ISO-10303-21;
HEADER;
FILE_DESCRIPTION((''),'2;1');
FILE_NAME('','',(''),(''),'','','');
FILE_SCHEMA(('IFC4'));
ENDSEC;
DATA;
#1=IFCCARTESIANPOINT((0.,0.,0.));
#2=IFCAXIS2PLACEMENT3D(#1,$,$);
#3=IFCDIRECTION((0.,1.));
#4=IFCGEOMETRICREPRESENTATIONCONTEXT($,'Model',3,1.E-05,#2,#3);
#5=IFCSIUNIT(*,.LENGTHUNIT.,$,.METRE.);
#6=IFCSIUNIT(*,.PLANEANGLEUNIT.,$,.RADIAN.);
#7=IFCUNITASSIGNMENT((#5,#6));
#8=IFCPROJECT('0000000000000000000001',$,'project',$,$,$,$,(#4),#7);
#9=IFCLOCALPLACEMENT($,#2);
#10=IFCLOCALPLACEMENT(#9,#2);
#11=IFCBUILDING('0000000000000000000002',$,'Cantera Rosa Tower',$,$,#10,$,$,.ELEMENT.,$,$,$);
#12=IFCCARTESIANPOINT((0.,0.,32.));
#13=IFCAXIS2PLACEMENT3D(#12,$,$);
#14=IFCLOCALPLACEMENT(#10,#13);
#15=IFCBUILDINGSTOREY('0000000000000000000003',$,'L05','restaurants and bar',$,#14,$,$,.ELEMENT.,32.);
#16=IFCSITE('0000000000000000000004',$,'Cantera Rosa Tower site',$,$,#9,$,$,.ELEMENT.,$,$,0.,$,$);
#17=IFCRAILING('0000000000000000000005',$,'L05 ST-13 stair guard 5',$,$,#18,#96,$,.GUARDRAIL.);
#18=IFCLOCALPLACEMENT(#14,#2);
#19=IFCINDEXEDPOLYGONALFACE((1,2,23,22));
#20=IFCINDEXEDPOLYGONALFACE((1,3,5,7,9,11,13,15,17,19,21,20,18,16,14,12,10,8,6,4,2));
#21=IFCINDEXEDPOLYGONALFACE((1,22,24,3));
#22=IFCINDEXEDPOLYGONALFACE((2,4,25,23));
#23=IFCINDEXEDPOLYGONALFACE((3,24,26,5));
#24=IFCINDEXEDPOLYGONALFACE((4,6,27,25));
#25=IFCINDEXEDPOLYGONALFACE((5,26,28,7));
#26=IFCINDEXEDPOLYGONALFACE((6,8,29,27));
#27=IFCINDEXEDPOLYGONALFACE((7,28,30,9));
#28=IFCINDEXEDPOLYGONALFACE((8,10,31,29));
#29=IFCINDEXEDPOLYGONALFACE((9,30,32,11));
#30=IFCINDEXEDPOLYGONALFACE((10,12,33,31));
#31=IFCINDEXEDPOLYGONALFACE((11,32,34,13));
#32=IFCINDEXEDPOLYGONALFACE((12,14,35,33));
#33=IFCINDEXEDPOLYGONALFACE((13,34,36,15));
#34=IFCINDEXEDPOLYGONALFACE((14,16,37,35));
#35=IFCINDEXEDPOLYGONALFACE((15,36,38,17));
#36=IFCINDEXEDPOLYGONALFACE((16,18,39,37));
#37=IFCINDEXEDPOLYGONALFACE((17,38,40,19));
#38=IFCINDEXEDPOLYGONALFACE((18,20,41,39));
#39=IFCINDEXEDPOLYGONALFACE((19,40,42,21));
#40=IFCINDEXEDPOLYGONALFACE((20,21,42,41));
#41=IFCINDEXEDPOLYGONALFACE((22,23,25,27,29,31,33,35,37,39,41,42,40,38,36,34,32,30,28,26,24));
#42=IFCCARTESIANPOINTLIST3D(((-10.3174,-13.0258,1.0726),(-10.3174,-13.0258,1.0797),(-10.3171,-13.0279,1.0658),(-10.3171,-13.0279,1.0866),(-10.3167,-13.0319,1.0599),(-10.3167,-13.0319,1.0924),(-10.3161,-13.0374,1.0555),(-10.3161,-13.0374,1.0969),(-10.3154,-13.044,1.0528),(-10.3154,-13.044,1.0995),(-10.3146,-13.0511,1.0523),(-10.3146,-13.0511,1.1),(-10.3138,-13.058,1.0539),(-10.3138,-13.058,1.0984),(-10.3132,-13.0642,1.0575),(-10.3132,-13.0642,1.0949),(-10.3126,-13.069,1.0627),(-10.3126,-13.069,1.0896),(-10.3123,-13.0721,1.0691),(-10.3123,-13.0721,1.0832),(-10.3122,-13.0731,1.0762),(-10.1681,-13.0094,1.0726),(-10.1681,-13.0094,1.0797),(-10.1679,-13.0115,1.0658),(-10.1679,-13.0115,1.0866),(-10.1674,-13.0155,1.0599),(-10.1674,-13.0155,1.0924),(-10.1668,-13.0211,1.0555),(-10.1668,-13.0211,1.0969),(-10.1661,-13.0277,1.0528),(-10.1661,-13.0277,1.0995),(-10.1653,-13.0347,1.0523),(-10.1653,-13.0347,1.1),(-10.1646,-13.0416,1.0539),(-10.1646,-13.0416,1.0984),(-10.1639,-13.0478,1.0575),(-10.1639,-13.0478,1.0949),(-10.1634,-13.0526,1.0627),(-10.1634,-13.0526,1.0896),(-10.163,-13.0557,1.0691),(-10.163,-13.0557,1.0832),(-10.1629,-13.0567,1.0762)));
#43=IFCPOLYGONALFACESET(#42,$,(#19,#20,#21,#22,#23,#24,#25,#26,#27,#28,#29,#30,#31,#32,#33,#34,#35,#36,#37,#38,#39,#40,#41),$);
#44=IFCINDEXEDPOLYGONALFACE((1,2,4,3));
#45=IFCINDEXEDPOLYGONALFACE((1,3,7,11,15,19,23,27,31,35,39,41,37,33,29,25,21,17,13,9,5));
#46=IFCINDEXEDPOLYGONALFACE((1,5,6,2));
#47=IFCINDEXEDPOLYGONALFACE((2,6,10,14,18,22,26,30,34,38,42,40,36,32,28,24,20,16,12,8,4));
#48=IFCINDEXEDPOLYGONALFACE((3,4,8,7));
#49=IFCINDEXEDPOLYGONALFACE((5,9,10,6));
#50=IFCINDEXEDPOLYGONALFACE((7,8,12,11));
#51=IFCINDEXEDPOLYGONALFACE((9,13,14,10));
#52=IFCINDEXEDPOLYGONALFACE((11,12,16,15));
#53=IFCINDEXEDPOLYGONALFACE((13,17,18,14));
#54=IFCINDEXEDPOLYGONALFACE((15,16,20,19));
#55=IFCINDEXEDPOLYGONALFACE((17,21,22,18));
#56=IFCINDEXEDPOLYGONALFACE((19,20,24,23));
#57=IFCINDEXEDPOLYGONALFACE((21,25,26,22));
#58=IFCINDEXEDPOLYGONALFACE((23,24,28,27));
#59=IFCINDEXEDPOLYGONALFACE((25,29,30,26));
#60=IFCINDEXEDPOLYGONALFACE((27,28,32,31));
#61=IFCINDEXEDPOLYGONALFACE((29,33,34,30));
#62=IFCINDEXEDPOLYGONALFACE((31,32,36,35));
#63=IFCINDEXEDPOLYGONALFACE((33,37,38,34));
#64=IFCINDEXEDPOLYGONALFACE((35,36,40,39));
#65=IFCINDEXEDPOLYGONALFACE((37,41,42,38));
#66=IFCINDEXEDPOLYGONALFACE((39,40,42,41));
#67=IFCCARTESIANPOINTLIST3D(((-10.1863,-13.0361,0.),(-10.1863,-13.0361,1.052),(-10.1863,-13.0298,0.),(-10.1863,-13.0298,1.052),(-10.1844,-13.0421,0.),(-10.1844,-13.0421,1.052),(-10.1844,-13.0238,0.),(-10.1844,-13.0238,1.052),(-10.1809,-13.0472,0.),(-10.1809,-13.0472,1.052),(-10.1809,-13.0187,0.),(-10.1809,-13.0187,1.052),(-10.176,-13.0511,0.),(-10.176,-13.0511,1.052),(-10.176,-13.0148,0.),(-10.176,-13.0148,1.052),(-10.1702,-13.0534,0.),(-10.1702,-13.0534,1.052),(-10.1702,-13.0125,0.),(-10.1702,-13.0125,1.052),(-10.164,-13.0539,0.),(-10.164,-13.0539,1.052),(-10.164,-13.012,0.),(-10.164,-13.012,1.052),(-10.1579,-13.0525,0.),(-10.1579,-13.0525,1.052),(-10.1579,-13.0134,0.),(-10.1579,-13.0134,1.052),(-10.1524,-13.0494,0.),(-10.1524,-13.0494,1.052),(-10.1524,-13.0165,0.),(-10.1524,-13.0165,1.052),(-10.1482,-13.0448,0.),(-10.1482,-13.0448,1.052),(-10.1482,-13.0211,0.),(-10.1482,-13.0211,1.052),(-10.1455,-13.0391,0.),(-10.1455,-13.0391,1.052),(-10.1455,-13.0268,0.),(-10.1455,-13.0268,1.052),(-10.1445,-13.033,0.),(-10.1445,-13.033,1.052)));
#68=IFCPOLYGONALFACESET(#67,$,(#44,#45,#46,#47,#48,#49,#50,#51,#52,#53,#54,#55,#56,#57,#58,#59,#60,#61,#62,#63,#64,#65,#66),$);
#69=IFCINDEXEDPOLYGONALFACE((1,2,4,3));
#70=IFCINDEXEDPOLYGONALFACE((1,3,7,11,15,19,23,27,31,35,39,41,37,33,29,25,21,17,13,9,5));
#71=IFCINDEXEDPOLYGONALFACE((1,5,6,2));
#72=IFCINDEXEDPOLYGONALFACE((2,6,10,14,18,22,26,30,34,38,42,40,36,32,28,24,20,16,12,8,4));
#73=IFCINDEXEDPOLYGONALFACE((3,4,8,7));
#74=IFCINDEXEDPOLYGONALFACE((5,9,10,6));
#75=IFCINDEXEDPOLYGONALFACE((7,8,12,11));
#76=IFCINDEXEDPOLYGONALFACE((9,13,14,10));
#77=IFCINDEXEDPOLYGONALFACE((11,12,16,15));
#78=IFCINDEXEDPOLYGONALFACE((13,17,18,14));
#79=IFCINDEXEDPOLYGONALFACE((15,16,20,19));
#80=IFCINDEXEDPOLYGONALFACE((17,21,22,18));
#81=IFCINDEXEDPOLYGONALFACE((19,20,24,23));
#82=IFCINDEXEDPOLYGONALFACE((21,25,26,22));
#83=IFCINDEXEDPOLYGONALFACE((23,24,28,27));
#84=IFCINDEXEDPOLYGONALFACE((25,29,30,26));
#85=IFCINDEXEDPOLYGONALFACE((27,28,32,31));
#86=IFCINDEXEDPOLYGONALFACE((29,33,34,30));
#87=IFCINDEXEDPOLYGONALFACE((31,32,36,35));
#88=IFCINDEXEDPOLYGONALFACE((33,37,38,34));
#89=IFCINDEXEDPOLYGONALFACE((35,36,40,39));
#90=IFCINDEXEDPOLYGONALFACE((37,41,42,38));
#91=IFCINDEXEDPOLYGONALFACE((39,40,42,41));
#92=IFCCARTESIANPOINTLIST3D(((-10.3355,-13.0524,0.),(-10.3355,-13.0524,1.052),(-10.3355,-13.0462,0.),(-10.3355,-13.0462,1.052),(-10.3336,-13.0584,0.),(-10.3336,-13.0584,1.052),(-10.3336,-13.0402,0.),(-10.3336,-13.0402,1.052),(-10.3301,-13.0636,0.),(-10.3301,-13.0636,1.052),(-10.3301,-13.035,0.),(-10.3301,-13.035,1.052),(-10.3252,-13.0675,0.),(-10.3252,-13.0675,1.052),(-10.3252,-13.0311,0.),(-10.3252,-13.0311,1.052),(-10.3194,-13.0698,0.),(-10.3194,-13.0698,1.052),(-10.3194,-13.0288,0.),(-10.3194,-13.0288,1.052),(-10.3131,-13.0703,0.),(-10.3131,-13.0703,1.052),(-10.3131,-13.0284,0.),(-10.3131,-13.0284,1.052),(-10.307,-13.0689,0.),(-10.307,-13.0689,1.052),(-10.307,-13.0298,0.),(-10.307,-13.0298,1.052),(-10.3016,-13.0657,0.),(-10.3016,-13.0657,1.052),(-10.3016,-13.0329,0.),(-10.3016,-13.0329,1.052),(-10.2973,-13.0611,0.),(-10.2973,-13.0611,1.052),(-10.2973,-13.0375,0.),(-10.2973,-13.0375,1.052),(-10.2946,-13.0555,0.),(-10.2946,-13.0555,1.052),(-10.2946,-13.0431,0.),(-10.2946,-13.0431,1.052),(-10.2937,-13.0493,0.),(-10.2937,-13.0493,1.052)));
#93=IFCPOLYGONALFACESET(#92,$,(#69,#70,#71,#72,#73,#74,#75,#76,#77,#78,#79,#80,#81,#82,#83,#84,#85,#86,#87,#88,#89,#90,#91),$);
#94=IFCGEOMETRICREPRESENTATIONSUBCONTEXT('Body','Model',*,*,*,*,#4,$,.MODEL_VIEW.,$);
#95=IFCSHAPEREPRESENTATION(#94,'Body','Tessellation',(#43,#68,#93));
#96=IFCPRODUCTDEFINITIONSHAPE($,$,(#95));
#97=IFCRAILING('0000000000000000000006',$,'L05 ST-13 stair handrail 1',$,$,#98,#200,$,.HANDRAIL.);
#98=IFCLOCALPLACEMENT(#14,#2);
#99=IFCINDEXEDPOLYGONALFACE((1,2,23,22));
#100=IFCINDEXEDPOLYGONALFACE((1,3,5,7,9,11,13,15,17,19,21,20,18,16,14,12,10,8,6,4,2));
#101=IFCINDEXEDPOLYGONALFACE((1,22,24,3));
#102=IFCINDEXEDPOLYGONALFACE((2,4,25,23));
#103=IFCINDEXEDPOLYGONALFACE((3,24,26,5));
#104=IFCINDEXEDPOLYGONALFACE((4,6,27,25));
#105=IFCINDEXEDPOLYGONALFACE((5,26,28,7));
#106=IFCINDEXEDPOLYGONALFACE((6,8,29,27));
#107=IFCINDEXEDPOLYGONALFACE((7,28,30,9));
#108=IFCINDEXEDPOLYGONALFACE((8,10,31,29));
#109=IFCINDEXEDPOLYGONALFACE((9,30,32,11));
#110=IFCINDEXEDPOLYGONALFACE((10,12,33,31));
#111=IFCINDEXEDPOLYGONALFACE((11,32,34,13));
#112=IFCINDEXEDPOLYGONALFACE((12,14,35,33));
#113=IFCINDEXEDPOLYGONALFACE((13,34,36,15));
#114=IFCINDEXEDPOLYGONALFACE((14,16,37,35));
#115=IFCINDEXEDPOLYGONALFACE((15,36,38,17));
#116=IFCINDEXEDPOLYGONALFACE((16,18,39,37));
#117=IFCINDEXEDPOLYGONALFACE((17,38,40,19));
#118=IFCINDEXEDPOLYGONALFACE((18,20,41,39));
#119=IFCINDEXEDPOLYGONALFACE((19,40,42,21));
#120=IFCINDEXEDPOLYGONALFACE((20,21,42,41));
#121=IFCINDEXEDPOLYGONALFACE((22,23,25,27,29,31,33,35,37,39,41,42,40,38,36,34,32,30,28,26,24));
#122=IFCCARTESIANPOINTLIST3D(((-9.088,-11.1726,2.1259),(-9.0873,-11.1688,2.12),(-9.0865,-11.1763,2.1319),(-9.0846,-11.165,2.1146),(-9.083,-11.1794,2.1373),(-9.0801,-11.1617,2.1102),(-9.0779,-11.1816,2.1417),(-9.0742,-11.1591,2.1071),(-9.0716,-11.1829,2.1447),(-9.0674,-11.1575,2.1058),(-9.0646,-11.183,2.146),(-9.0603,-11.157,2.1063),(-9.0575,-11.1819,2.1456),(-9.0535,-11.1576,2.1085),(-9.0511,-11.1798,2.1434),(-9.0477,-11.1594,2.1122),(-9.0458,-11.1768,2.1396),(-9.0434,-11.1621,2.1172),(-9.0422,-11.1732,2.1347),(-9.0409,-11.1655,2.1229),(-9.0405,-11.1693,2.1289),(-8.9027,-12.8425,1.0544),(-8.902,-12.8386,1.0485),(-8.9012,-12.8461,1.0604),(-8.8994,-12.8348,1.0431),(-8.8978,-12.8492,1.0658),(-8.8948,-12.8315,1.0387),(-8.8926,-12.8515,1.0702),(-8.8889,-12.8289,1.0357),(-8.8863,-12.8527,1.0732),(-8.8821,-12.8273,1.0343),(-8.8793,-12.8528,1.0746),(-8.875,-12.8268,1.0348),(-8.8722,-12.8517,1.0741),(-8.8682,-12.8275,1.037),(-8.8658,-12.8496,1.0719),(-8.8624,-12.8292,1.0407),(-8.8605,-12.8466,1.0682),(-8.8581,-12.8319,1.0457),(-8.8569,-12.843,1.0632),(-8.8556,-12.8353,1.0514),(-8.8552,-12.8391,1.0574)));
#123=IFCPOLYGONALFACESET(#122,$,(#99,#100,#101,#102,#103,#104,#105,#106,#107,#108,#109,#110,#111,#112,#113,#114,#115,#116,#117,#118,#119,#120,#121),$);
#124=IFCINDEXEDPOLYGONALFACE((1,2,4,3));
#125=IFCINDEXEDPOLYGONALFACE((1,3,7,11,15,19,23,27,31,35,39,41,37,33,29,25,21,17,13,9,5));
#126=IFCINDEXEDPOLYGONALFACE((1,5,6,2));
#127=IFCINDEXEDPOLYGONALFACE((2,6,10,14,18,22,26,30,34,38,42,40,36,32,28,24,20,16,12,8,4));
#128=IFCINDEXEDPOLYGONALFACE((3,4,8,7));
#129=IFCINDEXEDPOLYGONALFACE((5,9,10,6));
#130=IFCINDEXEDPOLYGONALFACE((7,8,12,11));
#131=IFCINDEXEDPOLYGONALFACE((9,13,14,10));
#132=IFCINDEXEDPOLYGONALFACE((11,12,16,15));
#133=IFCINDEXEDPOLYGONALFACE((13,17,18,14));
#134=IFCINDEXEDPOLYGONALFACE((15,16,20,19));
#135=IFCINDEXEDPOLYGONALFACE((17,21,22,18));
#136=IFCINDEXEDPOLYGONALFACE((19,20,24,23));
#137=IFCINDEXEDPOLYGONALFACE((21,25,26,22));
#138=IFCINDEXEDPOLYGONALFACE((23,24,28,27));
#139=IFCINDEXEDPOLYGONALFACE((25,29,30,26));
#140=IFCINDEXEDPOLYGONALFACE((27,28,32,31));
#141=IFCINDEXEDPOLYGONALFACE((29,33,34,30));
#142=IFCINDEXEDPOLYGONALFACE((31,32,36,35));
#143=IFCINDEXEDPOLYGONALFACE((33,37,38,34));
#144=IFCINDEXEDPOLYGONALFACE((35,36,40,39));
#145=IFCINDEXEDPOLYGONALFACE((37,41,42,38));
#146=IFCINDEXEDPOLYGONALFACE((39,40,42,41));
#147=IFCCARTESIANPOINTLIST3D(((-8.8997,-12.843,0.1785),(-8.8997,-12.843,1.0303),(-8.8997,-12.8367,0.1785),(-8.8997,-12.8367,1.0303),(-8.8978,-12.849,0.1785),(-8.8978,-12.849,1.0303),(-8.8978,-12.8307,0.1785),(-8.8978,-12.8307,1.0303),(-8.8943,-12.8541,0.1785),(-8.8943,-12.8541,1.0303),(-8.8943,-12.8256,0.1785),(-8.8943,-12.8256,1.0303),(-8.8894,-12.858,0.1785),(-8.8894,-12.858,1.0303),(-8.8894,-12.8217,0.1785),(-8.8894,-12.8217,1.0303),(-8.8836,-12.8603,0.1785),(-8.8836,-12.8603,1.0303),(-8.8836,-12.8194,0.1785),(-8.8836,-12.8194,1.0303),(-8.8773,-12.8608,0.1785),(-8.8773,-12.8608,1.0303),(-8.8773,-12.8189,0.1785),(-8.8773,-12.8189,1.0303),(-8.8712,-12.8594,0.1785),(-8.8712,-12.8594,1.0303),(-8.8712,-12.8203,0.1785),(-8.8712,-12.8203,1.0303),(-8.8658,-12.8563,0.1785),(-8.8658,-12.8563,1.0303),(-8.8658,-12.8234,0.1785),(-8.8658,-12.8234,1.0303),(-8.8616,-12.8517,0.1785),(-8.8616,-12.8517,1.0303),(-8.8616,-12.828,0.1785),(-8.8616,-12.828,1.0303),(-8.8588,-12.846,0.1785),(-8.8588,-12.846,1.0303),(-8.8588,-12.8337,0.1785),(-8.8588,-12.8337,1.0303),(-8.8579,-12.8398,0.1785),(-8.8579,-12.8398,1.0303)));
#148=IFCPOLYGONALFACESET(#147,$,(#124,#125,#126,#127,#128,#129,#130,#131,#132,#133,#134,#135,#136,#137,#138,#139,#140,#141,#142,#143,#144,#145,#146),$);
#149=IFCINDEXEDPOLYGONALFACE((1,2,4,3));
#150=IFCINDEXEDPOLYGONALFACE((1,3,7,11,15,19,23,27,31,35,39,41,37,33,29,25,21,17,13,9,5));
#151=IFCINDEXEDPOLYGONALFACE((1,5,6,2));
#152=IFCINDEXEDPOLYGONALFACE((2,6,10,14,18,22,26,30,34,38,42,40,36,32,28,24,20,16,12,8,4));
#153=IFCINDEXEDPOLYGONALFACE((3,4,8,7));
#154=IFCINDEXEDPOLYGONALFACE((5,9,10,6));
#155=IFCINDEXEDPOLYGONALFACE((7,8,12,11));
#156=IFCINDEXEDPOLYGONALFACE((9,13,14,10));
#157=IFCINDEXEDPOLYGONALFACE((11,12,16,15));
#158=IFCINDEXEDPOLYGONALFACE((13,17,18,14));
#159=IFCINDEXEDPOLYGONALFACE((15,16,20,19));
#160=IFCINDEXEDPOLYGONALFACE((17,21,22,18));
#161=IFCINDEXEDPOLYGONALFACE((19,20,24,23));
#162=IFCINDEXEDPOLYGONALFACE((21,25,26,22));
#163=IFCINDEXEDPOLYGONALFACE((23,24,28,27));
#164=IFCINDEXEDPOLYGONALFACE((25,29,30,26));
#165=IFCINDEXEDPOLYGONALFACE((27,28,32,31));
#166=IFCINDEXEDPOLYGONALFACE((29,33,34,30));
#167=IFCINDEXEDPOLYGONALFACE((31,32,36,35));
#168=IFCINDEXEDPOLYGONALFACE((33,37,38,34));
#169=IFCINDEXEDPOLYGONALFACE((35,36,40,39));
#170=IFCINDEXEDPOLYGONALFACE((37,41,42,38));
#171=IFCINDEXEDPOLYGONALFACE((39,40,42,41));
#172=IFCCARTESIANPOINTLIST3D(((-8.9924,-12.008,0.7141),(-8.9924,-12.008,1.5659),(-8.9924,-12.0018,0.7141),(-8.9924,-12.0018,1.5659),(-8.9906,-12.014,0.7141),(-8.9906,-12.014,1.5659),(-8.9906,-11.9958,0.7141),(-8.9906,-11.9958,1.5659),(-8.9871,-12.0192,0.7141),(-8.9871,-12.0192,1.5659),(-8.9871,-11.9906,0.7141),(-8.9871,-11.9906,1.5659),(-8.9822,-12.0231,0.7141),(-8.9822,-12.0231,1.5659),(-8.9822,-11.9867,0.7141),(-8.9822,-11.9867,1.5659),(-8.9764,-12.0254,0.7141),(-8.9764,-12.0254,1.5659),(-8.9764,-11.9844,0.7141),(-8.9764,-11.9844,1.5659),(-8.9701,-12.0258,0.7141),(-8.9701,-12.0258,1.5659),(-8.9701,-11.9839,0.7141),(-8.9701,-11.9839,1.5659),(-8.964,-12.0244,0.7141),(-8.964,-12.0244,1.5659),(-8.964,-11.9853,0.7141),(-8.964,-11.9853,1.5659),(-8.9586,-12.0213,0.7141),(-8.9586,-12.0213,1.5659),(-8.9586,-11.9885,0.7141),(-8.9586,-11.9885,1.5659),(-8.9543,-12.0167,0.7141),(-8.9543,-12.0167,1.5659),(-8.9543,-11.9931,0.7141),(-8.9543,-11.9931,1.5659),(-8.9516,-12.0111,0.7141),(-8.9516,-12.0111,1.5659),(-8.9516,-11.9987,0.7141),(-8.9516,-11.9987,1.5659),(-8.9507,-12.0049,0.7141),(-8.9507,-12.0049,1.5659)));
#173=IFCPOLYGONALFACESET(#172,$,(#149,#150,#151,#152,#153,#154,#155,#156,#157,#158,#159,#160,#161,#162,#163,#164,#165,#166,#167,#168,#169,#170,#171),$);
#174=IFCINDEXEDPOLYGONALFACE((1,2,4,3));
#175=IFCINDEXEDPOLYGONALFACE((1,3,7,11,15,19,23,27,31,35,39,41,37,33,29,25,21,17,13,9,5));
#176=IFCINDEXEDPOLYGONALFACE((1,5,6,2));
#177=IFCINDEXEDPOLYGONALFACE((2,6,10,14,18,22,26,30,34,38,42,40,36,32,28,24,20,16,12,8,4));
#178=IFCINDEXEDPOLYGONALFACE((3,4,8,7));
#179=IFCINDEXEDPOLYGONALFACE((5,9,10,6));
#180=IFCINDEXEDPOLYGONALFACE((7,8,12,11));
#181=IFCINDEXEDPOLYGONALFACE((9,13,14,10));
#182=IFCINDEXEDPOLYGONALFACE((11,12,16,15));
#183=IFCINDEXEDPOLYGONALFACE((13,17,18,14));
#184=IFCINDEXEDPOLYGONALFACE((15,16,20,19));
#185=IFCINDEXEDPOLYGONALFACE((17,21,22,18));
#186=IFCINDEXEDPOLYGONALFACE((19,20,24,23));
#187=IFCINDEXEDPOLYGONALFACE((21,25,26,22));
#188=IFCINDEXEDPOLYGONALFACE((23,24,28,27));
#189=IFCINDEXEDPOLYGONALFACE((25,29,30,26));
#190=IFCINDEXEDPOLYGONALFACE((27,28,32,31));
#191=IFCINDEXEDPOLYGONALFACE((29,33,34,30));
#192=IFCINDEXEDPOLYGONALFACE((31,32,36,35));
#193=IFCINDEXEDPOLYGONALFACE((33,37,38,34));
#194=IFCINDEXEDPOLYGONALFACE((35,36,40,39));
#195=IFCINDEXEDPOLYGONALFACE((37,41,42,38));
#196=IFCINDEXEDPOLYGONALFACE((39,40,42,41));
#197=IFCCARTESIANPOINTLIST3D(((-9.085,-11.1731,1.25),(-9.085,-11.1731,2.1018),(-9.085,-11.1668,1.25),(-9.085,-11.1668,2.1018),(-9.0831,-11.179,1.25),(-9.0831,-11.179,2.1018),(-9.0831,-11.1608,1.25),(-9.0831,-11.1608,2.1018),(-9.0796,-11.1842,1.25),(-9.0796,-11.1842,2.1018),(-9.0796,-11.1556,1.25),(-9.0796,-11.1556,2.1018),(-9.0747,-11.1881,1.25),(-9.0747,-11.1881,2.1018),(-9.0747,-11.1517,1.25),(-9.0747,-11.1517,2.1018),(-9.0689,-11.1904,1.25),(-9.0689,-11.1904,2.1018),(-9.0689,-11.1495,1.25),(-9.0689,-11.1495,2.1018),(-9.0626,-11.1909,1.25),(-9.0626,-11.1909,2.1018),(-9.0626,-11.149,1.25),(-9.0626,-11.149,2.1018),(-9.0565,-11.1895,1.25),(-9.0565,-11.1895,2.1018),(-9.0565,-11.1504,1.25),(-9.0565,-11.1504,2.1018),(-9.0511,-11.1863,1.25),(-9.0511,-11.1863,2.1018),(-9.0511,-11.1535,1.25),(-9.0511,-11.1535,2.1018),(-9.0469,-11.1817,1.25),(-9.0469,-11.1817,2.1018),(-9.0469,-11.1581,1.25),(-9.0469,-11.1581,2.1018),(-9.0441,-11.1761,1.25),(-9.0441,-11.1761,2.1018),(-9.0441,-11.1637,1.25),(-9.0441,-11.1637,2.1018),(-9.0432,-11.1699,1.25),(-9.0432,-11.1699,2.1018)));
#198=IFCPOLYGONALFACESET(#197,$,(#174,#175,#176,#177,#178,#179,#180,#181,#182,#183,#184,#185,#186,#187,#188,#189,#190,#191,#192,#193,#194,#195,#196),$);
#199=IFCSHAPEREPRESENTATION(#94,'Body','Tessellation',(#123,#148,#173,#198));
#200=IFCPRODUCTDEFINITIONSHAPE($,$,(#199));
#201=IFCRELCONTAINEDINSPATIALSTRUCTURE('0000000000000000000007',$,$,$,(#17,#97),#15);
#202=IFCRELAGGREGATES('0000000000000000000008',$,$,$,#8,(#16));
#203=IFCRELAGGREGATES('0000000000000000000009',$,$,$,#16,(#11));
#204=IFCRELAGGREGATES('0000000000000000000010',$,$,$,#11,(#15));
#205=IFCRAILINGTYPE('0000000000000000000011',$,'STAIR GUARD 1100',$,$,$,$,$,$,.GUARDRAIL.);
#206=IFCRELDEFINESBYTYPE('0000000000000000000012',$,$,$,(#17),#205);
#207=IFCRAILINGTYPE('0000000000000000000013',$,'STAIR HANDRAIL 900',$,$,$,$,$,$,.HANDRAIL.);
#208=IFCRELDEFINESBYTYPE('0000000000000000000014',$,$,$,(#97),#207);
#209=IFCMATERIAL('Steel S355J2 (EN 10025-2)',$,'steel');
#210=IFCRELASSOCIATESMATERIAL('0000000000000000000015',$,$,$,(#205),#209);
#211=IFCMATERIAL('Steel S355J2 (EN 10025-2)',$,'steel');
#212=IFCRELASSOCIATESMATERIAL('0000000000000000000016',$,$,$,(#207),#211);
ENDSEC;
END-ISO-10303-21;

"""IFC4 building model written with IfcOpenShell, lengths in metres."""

from ifc_helpers import new_model, si_unit, direction, frame, origin, origin_2d, place, context, subcontext, project, spatial, circle, extrude, material, type_object, element, save


model = new_model("IFC4")

# Units and contexts
model_context = context("Model", 3, precision=1e-05, world=origin(), true_north=direction((0.0, 1.0)))
body_context = subcontext(model_context, "Body", "Model", "MODEL_VIEW")
ifc_project = project(units=[si_unit("LENGTHUNIT", "METRE"), si_unit("PLANEANGLEUNIT", "RADIAN")], contexts=[model_context])

# Site, building, storey
site_placement = place(None, origin())
site = spatial("IfcSite", under=ifc_project, at=site_placement, Name="Cantera Rosa Tower site", CompositionType="ELEMENT", RefElevation=0.0)
building_placement = place(site_placement, origin())
building = spatial("IfcBuilding", under=site, at=building_placement, Name="Cantera Rosa Tower", CompositionType="ELEMENT")
storey_placement = place(building_placement, frame((0.0, 0.0, 32.0)))
storey = spatial("IfcBuildingStorey", under=building, at=storey_placement, Name="L05", Description="restaurants and bar", CompositionType="ELEMENT", Elevation=32.0)

# Railings
ifc_material_1 = material(Name="Steel S355J2 (EN 10025-2)", Category="steel")
railing_type_1 = type_object("IfcRailingType", Name="STAIR GUARD 1100", PredefinedType="GUARDRAIL", material=ifc_material_1)
railing_1_placement = place(storey_placement, frame((-10.1655, -13.033, 0.0)))
element("IfcRailing", 1, at=railing_1_placement, inside=storey, type_object=railing_type_1, Name="L05 ST-13 stair guard 5", PredefinedType="GUARDRAIL", context=body_context, shape_type="SweptSolid", body=[
    extrude(circle(Radius=0.0239, at=origin_2d()), frame((0.0, 0.0, 1.0762), z_axis=(-0.994041, -0.109003, 0.0), x_axis=(0.109003, -0.994041, 0.0)), (0.0, 0.0, 1.0), 0.1501),
    extrude(circle(Radius=0.021, at=origin_2d()), origin(), (0.0, 0.0, 1.0), 1.052),
    extrude(circle(Radius=0.021, at=origin_2d()), frame((-0.1492, -0.0164, 0.0)), (0.0, 0.0, 1.0), 1.052),
])
ifc_material_2 = material(Name="Steel S355J2 (EN 10025-2)", Category="steel")
railing_type_2 = type_object("IfcRailingType", Name="STAIR HANDRAIL 900", PredefinedType="HANDRAIL", material=ifc_material_2)
railing_2_placement = place(storey_placement, frame((-8.8789, -12.8398, 0.1785)))
element("IfcRailing", 2, at=railing_2_placement, inside=storey, type_object=railing_type_2, Name="L05 ST-13 stair handrail 1", PredefinedType="HANDRAIL", context=body_context, shape_type="SweptSolid", body=[
    extrude(circle(Radius=0.0239, at=origin_2d()), frame((0.0, 0.0, 0.876), z_axis=(-0.092987, 0.837987, 0.537709), x_axis=(-0.9939, -0.110288, 0.0)), (0.0, 0.0, 1.0), 1.9927),
    extrude(circle(Radius=0.021, at=origin_2d()), origin(), (0.0, 0.0, 1.0), 0.8518),
    extrude(circle(Radius=0.021, at=origin_2d()), frame((-0.0928, 0.835, 0.5356)), (0.0, 0.0, 1.0), 0.8518),
    extrude(circle(Radius=0.021, at=origin_2d()), frame((-0.1853, 1.6699, 1.0715)), (0.0, 0.0, 1.0), 0.8518),
])

save(model, "model.ifc")
